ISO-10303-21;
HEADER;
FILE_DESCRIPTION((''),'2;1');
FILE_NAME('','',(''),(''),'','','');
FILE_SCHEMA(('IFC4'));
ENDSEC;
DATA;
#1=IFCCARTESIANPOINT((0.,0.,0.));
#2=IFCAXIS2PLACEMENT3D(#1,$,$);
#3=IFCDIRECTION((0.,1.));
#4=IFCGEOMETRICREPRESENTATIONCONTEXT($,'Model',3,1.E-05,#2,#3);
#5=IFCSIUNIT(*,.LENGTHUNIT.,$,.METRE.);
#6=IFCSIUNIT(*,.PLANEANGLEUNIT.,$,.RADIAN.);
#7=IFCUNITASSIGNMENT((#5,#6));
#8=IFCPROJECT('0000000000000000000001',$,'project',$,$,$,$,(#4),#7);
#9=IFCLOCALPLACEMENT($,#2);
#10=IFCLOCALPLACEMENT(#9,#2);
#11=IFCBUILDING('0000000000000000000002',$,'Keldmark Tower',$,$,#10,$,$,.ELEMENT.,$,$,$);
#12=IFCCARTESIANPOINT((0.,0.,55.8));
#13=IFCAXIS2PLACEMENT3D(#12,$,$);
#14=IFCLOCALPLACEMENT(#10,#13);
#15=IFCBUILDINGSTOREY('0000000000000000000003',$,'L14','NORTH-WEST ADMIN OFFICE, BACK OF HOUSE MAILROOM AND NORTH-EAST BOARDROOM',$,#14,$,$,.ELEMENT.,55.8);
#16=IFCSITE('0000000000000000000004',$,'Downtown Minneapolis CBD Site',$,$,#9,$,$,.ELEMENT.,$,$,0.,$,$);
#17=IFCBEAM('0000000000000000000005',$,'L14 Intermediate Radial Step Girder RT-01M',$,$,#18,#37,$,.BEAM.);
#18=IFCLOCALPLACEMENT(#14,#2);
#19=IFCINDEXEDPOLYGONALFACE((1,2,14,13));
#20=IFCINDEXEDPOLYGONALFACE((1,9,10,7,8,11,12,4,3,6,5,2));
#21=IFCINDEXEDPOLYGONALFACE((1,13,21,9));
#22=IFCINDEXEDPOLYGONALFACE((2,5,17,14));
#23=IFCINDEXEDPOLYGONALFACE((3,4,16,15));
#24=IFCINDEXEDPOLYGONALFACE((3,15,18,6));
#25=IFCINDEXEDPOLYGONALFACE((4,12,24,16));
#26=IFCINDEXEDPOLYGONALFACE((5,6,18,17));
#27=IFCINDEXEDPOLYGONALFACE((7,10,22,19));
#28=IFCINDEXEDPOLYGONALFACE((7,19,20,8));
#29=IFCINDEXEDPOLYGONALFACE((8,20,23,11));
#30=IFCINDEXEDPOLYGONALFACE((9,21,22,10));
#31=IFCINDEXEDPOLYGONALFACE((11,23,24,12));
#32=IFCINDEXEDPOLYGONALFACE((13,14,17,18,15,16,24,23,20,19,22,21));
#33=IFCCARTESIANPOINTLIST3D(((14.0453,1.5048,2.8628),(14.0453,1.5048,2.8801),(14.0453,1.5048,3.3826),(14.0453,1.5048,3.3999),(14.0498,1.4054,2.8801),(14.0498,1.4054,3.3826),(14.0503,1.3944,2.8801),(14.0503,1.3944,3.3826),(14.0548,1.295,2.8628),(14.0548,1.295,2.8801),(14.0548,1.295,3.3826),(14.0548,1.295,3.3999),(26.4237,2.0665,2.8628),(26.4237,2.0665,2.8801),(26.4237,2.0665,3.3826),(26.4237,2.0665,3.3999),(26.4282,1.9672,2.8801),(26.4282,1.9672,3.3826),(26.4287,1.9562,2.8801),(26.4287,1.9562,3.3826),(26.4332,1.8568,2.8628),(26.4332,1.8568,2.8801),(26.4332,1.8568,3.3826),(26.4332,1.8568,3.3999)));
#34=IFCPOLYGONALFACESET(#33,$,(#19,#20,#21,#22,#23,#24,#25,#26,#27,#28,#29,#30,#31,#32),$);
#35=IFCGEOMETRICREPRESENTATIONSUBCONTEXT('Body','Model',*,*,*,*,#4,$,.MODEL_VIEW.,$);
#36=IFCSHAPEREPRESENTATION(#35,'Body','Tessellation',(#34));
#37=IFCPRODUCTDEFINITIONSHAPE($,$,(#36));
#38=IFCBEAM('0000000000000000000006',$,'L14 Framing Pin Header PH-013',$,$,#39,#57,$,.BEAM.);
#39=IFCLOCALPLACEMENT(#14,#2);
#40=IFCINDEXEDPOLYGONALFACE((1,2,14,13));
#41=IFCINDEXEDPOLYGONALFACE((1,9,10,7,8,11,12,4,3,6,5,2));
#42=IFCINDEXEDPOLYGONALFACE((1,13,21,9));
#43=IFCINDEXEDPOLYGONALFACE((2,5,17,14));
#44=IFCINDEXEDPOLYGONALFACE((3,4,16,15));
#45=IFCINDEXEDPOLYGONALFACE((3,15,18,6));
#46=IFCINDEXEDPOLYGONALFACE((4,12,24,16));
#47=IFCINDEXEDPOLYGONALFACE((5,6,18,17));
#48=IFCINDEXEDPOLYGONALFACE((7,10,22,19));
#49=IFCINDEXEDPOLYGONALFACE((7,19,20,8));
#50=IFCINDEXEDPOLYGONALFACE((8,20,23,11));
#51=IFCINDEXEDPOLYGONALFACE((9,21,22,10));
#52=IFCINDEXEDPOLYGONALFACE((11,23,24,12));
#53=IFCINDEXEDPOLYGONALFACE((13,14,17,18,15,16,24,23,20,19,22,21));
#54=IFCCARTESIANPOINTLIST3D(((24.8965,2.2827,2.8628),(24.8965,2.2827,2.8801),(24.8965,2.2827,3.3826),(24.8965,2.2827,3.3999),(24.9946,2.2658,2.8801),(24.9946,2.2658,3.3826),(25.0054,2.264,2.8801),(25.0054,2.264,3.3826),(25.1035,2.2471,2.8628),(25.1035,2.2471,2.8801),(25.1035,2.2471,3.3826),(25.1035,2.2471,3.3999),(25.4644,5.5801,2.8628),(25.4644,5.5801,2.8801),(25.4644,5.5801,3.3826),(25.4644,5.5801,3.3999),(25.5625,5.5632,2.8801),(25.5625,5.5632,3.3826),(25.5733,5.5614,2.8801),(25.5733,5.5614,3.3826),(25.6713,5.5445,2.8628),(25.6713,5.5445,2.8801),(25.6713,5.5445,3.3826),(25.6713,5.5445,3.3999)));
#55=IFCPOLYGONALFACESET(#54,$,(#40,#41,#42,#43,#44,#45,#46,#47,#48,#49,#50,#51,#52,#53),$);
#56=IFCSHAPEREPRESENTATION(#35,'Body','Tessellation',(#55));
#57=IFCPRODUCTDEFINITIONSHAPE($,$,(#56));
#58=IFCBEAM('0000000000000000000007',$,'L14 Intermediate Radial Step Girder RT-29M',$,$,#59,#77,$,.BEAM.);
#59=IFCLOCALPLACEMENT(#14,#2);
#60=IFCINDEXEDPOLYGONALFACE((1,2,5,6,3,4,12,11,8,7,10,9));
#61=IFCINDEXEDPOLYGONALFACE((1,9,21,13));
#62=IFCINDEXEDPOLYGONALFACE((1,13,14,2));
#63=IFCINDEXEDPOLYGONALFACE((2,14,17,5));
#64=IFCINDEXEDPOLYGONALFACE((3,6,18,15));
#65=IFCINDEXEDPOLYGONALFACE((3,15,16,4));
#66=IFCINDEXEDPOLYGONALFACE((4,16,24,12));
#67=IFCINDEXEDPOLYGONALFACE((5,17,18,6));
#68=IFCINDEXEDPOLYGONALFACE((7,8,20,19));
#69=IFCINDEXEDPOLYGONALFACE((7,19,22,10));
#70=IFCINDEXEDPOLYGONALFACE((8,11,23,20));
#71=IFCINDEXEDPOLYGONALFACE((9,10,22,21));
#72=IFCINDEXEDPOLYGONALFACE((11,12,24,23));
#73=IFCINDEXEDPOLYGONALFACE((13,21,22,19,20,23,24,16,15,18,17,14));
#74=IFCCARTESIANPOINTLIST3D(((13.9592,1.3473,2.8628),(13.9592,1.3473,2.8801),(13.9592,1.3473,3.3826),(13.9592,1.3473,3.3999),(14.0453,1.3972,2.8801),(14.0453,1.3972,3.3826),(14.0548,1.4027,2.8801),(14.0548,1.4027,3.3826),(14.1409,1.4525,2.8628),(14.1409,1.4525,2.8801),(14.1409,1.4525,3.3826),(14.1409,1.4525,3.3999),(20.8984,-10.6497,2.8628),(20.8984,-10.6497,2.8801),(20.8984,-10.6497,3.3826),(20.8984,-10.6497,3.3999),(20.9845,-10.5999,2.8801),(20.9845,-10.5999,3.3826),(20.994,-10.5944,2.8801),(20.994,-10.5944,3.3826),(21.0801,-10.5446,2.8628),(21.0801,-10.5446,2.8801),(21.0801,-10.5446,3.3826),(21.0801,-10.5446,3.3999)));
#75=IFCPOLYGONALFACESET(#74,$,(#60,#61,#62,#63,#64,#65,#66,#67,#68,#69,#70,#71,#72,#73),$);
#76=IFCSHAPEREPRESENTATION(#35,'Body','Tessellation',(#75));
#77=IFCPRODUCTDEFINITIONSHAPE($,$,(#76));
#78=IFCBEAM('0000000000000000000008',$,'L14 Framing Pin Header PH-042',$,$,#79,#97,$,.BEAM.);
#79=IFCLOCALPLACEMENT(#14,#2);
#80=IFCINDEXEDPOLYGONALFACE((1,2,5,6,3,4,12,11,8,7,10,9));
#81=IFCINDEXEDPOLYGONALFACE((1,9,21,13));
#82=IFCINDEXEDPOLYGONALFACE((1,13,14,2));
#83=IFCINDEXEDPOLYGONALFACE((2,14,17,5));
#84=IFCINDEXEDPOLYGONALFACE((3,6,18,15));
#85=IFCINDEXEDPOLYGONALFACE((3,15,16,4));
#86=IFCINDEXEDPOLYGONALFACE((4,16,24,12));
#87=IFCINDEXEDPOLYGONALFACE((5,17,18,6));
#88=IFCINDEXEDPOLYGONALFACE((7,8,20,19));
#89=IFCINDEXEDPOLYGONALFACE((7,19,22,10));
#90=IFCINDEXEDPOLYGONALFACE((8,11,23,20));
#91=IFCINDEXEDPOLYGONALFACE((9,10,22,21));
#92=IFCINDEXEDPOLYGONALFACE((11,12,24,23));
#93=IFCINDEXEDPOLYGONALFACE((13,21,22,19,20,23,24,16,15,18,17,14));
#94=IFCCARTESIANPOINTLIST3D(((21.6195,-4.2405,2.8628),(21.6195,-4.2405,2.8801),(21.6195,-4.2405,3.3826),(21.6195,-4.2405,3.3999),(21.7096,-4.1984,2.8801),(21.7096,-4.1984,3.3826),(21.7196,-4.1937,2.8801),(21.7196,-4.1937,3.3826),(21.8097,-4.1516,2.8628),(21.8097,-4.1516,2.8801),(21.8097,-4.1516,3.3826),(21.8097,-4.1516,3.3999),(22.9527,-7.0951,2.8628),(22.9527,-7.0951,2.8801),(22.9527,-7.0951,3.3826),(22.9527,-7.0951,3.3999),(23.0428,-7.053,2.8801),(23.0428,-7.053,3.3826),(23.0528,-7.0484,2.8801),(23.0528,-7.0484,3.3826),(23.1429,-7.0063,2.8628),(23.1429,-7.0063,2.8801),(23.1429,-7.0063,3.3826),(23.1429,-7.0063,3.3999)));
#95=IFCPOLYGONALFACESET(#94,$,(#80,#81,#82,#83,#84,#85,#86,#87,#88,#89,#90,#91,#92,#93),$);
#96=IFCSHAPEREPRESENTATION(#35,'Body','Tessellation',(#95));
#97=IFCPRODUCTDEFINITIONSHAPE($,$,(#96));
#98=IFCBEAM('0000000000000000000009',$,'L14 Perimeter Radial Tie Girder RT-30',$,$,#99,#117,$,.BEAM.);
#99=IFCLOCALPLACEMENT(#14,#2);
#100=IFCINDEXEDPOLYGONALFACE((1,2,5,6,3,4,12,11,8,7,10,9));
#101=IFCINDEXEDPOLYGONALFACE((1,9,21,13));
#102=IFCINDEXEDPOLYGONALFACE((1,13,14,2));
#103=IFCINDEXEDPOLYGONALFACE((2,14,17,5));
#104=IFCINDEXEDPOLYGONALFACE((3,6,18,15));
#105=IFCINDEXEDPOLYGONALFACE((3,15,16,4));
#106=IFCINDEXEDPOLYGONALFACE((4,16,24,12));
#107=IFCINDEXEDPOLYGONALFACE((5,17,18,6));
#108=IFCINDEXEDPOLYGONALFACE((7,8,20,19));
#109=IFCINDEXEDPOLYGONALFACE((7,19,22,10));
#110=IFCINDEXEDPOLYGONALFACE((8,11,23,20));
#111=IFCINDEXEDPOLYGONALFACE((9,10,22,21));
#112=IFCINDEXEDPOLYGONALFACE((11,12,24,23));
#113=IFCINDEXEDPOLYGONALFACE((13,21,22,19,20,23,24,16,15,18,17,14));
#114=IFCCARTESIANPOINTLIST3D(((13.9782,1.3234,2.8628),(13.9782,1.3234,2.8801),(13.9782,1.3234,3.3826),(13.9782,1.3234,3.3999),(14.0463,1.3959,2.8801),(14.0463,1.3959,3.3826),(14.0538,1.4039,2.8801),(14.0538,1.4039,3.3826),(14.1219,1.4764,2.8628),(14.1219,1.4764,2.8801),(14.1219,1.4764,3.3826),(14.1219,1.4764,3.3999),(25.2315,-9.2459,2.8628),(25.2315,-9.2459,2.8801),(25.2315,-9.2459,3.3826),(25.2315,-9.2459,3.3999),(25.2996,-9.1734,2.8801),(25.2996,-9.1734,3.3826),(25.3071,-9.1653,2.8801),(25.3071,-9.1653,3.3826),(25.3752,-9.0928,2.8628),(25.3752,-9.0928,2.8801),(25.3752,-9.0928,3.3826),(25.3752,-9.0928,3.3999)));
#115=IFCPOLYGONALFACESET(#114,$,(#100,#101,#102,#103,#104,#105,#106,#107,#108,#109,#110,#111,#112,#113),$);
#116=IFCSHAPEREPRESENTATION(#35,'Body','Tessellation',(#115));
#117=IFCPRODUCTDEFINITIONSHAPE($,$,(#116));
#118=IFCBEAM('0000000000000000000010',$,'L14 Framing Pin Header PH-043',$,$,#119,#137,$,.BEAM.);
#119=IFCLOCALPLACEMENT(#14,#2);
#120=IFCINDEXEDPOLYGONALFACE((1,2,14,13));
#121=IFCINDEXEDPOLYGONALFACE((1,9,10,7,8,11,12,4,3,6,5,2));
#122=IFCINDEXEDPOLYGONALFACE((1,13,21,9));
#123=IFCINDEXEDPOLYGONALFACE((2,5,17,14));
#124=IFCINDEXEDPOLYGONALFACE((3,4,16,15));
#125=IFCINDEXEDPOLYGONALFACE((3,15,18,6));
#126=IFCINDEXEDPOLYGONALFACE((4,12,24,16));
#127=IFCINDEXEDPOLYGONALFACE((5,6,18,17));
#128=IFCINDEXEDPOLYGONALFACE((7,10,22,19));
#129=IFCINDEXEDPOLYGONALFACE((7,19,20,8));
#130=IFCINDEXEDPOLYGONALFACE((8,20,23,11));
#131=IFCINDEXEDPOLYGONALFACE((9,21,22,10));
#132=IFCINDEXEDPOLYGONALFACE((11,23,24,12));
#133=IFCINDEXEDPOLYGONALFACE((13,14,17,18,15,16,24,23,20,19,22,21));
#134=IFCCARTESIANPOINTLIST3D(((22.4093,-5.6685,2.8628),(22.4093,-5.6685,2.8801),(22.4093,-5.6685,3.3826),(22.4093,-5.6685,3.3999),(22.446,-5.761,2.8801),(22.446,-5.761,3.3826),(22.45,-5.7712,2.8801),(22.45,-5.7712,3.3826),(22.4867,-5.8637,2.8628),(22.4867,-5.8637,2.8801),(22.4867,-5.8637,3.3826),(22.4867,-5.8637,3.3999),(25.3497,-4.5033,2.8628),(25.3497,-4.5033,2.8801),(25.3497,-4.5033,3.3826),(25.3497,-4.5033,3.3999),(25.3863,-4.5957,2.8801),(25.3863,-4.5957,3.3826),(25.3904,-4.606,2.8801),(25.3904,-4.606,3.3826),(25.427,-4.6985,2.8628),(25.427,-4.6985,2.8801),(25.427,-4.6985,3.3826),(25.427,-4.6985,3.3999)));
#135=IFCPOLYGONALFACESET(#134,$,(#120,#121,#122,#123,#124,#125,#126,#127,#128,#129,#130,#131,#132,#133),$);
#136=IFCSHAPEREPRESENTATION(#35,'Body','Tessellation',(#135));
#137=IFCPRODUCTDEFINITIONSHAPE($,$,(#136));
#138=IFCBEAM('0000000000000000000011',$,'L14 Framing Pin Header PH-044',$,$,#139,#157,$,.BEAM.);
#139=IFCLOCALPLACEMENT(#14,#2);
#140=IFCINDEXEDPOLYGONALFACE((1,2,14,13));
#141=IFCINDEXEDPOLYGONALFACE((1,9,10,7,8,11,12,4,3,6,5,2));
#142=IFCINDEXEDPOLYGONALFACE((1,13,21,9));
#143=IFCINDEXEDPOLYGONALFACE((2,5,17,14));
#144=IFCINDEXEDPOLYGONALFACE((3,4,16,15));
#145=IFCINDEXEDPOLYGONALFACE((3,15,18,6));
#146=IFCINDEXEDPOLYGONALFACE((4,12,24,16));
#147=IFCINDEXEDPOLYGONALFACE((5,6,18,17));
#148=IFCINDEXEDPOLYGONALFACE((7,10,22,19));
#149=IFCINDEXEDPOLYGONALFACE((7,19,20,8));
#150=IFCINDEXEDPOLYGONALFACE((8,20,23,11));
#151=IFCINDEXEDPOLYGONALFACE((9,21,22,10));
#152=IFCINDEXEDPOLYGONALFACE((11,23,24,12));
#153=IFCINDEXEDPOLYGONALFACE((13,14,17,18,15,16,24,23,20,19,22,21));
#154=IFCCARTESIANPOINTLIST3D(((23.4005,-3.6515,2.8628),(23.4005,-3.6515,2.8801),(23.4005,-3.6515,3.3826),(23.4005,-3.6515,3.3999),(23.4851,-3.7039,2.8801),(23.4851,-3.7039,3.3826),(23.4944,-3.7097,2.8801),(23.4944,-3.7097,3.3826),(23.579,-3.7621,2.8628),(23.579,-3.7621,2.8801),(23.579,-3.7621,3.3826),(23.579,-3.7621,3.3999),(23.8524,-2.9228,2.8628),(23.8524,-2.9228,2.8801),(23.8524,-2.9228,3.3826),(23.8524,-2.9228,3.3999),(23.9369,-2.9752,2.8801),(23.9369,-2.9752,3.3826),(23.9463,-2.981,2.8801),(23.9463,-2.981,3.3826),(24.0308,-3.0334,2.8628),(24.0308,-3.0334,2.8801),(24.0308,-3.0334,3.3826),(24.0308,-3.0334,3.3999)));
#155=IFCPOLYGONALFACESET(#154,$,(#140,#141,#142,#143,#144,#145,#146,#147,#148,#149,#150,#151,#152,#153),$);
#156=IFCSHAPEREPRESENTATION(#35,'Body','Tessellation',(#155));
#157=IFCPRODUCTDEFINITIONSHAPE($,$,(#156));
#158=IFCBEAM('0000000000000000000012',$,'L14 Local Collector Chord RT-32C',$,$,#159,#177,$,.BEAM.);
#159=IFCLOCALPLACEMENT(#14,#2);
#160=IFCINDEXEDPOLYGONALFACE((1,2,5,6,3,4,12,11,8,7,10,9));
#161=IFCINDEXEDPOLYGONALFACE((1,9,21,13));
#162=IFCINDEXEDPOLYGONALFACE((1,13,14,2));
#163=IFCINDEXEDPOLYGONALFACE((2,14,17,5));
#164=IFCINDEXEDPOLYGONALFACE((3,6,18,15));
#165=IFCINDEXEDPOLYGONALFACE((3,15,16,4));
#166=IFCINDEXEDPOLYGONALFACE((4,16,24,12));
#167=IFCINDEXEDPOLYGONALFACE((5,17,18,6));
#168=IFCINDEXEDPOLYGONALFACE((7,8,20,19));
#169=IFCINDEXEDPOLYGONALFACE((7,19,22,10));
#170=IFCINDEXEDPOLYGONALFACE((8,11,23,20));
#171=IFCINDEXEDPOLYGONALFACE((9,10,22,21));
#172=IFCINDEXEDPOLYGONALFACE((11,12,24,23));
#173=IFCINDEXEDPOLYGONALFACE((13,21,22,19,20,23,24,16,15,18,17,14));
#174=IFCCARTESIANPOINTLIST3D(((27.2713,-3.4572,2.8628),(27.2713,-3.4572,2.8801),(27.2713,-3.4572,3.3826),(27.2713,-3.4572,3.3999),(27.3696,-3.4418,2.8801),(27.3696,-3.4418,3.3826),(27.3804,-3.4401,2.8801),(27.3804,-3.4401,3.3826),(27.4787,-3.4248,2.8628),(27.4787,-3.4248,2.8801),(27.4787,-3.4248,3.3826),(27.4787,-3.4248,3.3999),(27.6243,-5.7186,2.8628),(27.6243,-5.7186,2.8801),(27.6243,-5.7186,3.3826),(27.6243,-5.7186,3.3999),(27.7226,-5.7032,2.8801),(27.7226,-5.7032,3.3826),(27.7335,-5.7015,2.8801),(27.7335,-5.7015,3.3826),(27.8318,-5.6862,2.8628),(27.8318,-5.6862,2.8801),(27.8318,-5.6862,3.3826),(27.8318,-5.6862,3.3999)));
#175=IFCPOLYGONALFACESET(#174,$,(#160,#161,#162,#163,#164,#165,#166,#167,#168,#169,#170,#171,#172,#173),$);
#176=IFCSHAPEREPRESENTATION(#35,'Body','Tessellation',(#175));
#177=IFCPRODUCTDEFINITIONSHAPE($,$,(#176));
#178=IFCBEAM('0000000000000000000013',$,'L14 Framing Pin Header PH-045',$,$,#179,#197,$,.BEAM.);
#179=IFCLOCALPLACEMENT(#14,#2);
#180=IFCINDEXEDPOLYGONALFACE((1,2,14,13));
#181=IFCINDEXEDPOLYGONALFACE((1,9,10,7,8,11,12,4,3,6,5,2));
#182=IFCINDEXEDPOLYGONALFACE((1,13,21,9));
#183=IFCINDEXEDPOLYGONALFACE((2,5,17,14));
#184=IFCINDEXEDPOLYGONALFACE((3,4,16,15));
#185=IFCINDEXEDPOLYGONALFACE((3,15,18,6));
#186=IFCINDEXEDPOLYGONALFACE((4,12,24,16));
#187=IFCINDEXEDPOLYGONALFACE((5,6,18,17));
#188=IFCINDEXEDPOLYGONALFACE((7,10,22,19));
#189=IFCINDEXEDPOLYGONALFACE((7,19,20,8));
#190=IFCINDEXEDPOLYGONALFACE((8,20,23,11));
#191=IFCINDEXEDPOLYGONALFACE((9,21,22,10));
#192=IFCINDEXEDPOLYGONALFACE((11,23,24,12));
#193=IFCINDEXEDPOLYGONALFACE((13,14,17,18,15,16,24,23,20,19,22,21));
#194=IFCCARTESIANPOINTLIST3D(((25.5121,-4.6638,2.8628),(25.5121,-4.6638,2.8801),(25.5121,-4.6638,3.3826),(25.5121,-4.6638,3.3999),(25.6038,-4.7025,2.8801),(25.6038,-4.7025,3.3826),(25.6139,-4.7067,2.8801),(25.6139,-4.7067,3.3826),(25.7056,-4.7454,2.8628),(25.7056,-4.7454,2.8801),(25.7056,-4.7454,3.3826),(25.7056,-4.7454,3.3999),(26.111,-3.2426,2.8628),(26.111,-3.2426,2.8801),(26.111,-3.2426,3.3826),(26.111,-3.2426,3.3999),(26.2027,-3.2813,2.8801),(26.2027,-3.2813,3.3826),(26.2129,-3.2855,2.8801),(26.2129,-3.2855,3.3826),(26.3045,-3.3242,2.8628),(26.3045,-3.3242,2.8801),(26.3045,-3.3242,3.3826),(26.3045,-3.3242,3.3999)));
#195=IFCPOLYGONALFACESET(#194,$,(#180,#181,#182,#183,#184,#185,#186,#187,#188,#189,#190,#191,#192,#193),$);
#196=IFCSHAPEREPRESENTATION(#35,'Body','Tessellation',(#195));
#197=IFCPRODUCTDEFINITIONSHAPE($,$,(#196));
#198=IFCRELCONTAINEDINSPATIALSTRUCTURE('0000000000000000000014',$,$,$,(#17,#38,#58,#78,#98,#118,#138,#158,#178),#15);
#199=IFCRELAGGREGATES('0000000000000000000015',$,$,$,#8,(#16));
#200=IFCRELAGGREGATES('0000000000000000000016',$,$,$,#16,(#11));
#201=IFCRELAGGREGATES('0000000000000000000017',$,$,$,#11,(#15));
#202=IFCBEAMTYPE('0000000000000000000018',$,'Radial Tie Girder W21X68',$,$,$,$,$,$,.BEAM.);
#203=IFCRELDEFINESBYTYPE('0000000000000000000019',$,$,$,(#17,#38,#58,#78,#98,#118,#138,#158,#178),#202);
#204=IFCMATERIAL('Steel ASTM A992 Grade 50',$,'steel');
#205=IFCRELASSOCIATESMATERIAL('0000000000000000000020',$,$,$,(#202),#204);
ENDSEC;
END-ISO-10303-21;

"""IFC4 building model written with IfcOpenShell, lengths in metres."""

from ifc_helpers import new_model, si_unit, direction, frame, origin, origin_2d, place, context, subcontext, project, spatial, i_section, extrude, material, material_profile, profile_set, type_object, element, save


model = new_model("IFC4")

# Units and contexts
model_context = context("Model", 3, precision=1e-05, world=origin(), true_north=direction((0.0, 1.0)))
body_context = subcontext(model_context, "Body", "Model", "MODEL_VIEW")
ifc_project = project(units=[si_unit("LENGTHUNIT", "METRE"), si_unit("PLANEANGLEUNIT", "RADIAN")], contexts=[model_context])

# Site, building, storey
site_placement = place(None, origin())
site = spatial("IfcSite", under=ifc_project, at=site_placement, Name="Downtown Minneapolis CBD Site", CompositionType="ELEMENT", RefElevation=0.0)
building_placement = place(site_placement, origin())
building = spatial("IfcBuilding", under=site, at=building_placement, Name="Keldmark Tower", CompositionType="ELEMENT")
storey_placement = place(building_placement, frame((0.0, 0.0, 55.8)))
storey = spatial("IfcBuildingStorey", under=building, at=storey_placement, Name="L14", Description="NORTH-WEST ADMIN OFFICE, BACK OF HOUSE MAILROOM AND NORTH-EAST BOARDROOM", CompositionType="ELEMENT", Elevation=55.8)

# Beams
ifc_material_1 = material(Name="Steel ASTM A992 Grade 50", Category="steel")
ifc_material_profile_1 = material_profile(ifc_material_1, i_section(OverallWidth=0.21, OverallDepth=0.5371, WebThickness=0.011, FlangeThickness=0.0173, at=origin_2d()), Name="W21X68")
ifc_profile_set_1 = profile_set([ifc_material_profile_1], Name="Steel ASTM A992 Grade 50")
beam_type_1 = type_object("IfcBeamType", Name="Radial Tie Girder W21X68", PredefinedType="BEAM", material=ifc_profile_set_1)
beam_1_placement = place(storey_placement, frame((14.05, 1.3999, 3.1313), z_axis=(0.998972, 0.045336, 0.0), x_axis=(-0.045336, 0.998972, 0.0)))
element("IfcBeam", 1, at=beam_1_placement, inside=storey, type_object=beam_type_1, Name="L14 Intermediate Radial Step Girder RT-01M", PredefinedType="BEAM", context=body_context, shape_type="SweptSolid", body=[
    extrude(i_section(OverallWidth=0.21, OverallDepth=0.5371, WebThickness=0.011, FlangeThickness=0.0173, at=origin_2d()), origin(), (0.0, 0.0, 1.0), 12.3911),
])
beam_2_placement = place(storey_placement, frame((25.0, 2.2649, 3.1313), z_axis=(0.169721, 0.985492, 0.0), x_axis=(-0.985492, 0.169721, 0.0)))
element("IfcBeam", 2, at=beam_2_placement, inside=storey, type_object=beam_type_1, Name="L14 Framing Pin Header PH-013", PredefinedType="BEAM", context=body_context, shape_type="SweptSolid", body=[
    extrude(i_section(OverallWidth=0.21, OverallDepth=0.5371, WebThickness=0.011, FlangeThickness=0.0173, at=origin_2d()), origin(), (0.0, 0.0, 1.0), 3.3459),
])
beam_3_placement = place(storey_placement, frame((14.05, 1.3999, 3.1313), z_axis=(0.500687, -0.865628, 0.0), x_axis=(0.865628, 0.500687, 0.0)))
element("IfcBeam", 3, at=beam_3_placement, inside=storey, type_object=beam_type_1, Name="L14 Intermediate Radial Step Girder RT-29M", PredefinedType="BEAM", context=body_context, shape_type="SweptSolid", body=[
    extrude(i_section(OverallWidth=0.21, OverallDepth=0.5371, WebThickness=0.011, FlangeThickness=0.0173, at=origin_2d()), origin(), (0.0, 0.0, 1.0), 13.8594),
])
beam_4_placement = place(storey_placement, frame((21.7146, -4.196, 3.1313), z_axis=(0.423157, -0.906056, 0.0), x_axis=(0.906056, 0.423157, 0.0)))
element("IfcBeam", 4, at=beam_4_placement, inside=storey, type_object=beam_type_1, Name="L14 Framing Pin Header PH-042", PredefinedType="BEAM", context=body_context, shape_type="SweptSolid", body=[
    extrude(i_section(OverallWidth=0.21, OverallDepth=0.5371, WebThickness=0.011, FlangeThickness=0.0173, at=origin_2d()), origin(), (0.0, 0.0, 1.0), 3.1506),
])
beam_5_placement = place(storey_placement, frame((14.05, 1.3999, 3.1313), z_axis=(0.728915, -0.684605, 0.0), x_axis=(0.684605, 0.728915, 0.0)))
element("IfcBeam", 5, at=beam_5_placement, inside=storey, type_object=beam_type_1, Name="L14 Perimeter Radial Tie Girder RT-30", PredefinedType="BEAM", context=body_context, shape_type="SweptSolid", body=[
    extrude(i_section(OverallWidth=0.21, OverallDepth=0.5371, WebThickness=0.011, FlangeThickness=0.0173, at=origin_2d()), origin(), (0.0, 0.0, 1.0), 15.4385),
])
beam_6_placement = place(storey_placement, frame((22.448, -5.7661, 3.1313), z_axis=(0.929659, 0.368421, 0.0), x_axis=(-0.368421, 0.929659, 0.0)))
element("IfcBeam", 6, at=beam_6_placement, inside=storey, type_object=beam_type_1, Name="L14 Framing Pin Header PH-043", PredefinedType="BEAM", context=body_context, shape_type="SweptSolid", body=[
    extrude(i_section(OverallWidth=0.21, OverallDepth=0.5371, WebThickness=0.011, FlangeThickness=0.0173, at=origin_2d()), origin(), (0.0, 0.0, 1.0), 3.1628),
])
beam_7_placement = place(storey_placement, frame((23.4897, -3.7068, 3.1313), z_axis=(0.527001, 0.849864, 0.0), x_axis=(-0.849864, 0.527001, 0.0)))
element("IfcBeam", 7, at=beam_7_placement, inside=storey, type_object=beam_type_1, Name="L14 Framing Pin Header PH-044", PredefinedType="BEAM", context=body_context, shape_type="SweptSolid", body=[
    extrude(i_section(OverallWidth=0.21, OverallDepth=0.5371, WebThickness=0.011, FlangeThickness=0.0173, at=origin_2d()), origin(), (0.0, 0.0, 1.0), 0.8574),
])
beam_8_placement = place(storey_placement, frame((27.728, -5.7024, 3.1313), z_axis=(-0.154237, 0.988034, 0.0), x_axis=(-0.988034, -0.154237, 0.0)))
element("IfcBeam", 8, at=beam_8_placement, inside=storey, type_object=beam_type_1, Name="L14 Local Collector Chord RT-32C", PredefinedType="BEAM", context=body_context, shape_type="SweptSolid", body=[
    extrude(i_section(OverallWidth=0.21, OverallDepth=0.5371, WebThickness=0.011, FlangeThickness=0.0173, at=origin_2d()), origin(), (0.0, 0.0, 1.0), 2.2888),
])
beam_9_placement = place(storey_placement, frame((25.6089, -4.7046, 3.1313), z_axis=(0.388333, 0.921519, 0.0), x_axis=(-0.921519, 0.388333, 0.0)))
element("IfcBeam", 9, at=beam_9_placement, inside=storey, type_object=beam_type_1, Name="L14 Framing Pin Header PH-045", PredefinedType="BEAM", context=body_context, shape_type="SweptSolid", body=[
    extrude(i_section(OverallWidth=0.21, OverallDepth=0.5371, WebThickness=0.011, FlangeThickness=0.0173, at=origin_2d()), origin(), (0.0, 0.0, 1.0), 1.5422),
])

save(model, "model.ifc")
